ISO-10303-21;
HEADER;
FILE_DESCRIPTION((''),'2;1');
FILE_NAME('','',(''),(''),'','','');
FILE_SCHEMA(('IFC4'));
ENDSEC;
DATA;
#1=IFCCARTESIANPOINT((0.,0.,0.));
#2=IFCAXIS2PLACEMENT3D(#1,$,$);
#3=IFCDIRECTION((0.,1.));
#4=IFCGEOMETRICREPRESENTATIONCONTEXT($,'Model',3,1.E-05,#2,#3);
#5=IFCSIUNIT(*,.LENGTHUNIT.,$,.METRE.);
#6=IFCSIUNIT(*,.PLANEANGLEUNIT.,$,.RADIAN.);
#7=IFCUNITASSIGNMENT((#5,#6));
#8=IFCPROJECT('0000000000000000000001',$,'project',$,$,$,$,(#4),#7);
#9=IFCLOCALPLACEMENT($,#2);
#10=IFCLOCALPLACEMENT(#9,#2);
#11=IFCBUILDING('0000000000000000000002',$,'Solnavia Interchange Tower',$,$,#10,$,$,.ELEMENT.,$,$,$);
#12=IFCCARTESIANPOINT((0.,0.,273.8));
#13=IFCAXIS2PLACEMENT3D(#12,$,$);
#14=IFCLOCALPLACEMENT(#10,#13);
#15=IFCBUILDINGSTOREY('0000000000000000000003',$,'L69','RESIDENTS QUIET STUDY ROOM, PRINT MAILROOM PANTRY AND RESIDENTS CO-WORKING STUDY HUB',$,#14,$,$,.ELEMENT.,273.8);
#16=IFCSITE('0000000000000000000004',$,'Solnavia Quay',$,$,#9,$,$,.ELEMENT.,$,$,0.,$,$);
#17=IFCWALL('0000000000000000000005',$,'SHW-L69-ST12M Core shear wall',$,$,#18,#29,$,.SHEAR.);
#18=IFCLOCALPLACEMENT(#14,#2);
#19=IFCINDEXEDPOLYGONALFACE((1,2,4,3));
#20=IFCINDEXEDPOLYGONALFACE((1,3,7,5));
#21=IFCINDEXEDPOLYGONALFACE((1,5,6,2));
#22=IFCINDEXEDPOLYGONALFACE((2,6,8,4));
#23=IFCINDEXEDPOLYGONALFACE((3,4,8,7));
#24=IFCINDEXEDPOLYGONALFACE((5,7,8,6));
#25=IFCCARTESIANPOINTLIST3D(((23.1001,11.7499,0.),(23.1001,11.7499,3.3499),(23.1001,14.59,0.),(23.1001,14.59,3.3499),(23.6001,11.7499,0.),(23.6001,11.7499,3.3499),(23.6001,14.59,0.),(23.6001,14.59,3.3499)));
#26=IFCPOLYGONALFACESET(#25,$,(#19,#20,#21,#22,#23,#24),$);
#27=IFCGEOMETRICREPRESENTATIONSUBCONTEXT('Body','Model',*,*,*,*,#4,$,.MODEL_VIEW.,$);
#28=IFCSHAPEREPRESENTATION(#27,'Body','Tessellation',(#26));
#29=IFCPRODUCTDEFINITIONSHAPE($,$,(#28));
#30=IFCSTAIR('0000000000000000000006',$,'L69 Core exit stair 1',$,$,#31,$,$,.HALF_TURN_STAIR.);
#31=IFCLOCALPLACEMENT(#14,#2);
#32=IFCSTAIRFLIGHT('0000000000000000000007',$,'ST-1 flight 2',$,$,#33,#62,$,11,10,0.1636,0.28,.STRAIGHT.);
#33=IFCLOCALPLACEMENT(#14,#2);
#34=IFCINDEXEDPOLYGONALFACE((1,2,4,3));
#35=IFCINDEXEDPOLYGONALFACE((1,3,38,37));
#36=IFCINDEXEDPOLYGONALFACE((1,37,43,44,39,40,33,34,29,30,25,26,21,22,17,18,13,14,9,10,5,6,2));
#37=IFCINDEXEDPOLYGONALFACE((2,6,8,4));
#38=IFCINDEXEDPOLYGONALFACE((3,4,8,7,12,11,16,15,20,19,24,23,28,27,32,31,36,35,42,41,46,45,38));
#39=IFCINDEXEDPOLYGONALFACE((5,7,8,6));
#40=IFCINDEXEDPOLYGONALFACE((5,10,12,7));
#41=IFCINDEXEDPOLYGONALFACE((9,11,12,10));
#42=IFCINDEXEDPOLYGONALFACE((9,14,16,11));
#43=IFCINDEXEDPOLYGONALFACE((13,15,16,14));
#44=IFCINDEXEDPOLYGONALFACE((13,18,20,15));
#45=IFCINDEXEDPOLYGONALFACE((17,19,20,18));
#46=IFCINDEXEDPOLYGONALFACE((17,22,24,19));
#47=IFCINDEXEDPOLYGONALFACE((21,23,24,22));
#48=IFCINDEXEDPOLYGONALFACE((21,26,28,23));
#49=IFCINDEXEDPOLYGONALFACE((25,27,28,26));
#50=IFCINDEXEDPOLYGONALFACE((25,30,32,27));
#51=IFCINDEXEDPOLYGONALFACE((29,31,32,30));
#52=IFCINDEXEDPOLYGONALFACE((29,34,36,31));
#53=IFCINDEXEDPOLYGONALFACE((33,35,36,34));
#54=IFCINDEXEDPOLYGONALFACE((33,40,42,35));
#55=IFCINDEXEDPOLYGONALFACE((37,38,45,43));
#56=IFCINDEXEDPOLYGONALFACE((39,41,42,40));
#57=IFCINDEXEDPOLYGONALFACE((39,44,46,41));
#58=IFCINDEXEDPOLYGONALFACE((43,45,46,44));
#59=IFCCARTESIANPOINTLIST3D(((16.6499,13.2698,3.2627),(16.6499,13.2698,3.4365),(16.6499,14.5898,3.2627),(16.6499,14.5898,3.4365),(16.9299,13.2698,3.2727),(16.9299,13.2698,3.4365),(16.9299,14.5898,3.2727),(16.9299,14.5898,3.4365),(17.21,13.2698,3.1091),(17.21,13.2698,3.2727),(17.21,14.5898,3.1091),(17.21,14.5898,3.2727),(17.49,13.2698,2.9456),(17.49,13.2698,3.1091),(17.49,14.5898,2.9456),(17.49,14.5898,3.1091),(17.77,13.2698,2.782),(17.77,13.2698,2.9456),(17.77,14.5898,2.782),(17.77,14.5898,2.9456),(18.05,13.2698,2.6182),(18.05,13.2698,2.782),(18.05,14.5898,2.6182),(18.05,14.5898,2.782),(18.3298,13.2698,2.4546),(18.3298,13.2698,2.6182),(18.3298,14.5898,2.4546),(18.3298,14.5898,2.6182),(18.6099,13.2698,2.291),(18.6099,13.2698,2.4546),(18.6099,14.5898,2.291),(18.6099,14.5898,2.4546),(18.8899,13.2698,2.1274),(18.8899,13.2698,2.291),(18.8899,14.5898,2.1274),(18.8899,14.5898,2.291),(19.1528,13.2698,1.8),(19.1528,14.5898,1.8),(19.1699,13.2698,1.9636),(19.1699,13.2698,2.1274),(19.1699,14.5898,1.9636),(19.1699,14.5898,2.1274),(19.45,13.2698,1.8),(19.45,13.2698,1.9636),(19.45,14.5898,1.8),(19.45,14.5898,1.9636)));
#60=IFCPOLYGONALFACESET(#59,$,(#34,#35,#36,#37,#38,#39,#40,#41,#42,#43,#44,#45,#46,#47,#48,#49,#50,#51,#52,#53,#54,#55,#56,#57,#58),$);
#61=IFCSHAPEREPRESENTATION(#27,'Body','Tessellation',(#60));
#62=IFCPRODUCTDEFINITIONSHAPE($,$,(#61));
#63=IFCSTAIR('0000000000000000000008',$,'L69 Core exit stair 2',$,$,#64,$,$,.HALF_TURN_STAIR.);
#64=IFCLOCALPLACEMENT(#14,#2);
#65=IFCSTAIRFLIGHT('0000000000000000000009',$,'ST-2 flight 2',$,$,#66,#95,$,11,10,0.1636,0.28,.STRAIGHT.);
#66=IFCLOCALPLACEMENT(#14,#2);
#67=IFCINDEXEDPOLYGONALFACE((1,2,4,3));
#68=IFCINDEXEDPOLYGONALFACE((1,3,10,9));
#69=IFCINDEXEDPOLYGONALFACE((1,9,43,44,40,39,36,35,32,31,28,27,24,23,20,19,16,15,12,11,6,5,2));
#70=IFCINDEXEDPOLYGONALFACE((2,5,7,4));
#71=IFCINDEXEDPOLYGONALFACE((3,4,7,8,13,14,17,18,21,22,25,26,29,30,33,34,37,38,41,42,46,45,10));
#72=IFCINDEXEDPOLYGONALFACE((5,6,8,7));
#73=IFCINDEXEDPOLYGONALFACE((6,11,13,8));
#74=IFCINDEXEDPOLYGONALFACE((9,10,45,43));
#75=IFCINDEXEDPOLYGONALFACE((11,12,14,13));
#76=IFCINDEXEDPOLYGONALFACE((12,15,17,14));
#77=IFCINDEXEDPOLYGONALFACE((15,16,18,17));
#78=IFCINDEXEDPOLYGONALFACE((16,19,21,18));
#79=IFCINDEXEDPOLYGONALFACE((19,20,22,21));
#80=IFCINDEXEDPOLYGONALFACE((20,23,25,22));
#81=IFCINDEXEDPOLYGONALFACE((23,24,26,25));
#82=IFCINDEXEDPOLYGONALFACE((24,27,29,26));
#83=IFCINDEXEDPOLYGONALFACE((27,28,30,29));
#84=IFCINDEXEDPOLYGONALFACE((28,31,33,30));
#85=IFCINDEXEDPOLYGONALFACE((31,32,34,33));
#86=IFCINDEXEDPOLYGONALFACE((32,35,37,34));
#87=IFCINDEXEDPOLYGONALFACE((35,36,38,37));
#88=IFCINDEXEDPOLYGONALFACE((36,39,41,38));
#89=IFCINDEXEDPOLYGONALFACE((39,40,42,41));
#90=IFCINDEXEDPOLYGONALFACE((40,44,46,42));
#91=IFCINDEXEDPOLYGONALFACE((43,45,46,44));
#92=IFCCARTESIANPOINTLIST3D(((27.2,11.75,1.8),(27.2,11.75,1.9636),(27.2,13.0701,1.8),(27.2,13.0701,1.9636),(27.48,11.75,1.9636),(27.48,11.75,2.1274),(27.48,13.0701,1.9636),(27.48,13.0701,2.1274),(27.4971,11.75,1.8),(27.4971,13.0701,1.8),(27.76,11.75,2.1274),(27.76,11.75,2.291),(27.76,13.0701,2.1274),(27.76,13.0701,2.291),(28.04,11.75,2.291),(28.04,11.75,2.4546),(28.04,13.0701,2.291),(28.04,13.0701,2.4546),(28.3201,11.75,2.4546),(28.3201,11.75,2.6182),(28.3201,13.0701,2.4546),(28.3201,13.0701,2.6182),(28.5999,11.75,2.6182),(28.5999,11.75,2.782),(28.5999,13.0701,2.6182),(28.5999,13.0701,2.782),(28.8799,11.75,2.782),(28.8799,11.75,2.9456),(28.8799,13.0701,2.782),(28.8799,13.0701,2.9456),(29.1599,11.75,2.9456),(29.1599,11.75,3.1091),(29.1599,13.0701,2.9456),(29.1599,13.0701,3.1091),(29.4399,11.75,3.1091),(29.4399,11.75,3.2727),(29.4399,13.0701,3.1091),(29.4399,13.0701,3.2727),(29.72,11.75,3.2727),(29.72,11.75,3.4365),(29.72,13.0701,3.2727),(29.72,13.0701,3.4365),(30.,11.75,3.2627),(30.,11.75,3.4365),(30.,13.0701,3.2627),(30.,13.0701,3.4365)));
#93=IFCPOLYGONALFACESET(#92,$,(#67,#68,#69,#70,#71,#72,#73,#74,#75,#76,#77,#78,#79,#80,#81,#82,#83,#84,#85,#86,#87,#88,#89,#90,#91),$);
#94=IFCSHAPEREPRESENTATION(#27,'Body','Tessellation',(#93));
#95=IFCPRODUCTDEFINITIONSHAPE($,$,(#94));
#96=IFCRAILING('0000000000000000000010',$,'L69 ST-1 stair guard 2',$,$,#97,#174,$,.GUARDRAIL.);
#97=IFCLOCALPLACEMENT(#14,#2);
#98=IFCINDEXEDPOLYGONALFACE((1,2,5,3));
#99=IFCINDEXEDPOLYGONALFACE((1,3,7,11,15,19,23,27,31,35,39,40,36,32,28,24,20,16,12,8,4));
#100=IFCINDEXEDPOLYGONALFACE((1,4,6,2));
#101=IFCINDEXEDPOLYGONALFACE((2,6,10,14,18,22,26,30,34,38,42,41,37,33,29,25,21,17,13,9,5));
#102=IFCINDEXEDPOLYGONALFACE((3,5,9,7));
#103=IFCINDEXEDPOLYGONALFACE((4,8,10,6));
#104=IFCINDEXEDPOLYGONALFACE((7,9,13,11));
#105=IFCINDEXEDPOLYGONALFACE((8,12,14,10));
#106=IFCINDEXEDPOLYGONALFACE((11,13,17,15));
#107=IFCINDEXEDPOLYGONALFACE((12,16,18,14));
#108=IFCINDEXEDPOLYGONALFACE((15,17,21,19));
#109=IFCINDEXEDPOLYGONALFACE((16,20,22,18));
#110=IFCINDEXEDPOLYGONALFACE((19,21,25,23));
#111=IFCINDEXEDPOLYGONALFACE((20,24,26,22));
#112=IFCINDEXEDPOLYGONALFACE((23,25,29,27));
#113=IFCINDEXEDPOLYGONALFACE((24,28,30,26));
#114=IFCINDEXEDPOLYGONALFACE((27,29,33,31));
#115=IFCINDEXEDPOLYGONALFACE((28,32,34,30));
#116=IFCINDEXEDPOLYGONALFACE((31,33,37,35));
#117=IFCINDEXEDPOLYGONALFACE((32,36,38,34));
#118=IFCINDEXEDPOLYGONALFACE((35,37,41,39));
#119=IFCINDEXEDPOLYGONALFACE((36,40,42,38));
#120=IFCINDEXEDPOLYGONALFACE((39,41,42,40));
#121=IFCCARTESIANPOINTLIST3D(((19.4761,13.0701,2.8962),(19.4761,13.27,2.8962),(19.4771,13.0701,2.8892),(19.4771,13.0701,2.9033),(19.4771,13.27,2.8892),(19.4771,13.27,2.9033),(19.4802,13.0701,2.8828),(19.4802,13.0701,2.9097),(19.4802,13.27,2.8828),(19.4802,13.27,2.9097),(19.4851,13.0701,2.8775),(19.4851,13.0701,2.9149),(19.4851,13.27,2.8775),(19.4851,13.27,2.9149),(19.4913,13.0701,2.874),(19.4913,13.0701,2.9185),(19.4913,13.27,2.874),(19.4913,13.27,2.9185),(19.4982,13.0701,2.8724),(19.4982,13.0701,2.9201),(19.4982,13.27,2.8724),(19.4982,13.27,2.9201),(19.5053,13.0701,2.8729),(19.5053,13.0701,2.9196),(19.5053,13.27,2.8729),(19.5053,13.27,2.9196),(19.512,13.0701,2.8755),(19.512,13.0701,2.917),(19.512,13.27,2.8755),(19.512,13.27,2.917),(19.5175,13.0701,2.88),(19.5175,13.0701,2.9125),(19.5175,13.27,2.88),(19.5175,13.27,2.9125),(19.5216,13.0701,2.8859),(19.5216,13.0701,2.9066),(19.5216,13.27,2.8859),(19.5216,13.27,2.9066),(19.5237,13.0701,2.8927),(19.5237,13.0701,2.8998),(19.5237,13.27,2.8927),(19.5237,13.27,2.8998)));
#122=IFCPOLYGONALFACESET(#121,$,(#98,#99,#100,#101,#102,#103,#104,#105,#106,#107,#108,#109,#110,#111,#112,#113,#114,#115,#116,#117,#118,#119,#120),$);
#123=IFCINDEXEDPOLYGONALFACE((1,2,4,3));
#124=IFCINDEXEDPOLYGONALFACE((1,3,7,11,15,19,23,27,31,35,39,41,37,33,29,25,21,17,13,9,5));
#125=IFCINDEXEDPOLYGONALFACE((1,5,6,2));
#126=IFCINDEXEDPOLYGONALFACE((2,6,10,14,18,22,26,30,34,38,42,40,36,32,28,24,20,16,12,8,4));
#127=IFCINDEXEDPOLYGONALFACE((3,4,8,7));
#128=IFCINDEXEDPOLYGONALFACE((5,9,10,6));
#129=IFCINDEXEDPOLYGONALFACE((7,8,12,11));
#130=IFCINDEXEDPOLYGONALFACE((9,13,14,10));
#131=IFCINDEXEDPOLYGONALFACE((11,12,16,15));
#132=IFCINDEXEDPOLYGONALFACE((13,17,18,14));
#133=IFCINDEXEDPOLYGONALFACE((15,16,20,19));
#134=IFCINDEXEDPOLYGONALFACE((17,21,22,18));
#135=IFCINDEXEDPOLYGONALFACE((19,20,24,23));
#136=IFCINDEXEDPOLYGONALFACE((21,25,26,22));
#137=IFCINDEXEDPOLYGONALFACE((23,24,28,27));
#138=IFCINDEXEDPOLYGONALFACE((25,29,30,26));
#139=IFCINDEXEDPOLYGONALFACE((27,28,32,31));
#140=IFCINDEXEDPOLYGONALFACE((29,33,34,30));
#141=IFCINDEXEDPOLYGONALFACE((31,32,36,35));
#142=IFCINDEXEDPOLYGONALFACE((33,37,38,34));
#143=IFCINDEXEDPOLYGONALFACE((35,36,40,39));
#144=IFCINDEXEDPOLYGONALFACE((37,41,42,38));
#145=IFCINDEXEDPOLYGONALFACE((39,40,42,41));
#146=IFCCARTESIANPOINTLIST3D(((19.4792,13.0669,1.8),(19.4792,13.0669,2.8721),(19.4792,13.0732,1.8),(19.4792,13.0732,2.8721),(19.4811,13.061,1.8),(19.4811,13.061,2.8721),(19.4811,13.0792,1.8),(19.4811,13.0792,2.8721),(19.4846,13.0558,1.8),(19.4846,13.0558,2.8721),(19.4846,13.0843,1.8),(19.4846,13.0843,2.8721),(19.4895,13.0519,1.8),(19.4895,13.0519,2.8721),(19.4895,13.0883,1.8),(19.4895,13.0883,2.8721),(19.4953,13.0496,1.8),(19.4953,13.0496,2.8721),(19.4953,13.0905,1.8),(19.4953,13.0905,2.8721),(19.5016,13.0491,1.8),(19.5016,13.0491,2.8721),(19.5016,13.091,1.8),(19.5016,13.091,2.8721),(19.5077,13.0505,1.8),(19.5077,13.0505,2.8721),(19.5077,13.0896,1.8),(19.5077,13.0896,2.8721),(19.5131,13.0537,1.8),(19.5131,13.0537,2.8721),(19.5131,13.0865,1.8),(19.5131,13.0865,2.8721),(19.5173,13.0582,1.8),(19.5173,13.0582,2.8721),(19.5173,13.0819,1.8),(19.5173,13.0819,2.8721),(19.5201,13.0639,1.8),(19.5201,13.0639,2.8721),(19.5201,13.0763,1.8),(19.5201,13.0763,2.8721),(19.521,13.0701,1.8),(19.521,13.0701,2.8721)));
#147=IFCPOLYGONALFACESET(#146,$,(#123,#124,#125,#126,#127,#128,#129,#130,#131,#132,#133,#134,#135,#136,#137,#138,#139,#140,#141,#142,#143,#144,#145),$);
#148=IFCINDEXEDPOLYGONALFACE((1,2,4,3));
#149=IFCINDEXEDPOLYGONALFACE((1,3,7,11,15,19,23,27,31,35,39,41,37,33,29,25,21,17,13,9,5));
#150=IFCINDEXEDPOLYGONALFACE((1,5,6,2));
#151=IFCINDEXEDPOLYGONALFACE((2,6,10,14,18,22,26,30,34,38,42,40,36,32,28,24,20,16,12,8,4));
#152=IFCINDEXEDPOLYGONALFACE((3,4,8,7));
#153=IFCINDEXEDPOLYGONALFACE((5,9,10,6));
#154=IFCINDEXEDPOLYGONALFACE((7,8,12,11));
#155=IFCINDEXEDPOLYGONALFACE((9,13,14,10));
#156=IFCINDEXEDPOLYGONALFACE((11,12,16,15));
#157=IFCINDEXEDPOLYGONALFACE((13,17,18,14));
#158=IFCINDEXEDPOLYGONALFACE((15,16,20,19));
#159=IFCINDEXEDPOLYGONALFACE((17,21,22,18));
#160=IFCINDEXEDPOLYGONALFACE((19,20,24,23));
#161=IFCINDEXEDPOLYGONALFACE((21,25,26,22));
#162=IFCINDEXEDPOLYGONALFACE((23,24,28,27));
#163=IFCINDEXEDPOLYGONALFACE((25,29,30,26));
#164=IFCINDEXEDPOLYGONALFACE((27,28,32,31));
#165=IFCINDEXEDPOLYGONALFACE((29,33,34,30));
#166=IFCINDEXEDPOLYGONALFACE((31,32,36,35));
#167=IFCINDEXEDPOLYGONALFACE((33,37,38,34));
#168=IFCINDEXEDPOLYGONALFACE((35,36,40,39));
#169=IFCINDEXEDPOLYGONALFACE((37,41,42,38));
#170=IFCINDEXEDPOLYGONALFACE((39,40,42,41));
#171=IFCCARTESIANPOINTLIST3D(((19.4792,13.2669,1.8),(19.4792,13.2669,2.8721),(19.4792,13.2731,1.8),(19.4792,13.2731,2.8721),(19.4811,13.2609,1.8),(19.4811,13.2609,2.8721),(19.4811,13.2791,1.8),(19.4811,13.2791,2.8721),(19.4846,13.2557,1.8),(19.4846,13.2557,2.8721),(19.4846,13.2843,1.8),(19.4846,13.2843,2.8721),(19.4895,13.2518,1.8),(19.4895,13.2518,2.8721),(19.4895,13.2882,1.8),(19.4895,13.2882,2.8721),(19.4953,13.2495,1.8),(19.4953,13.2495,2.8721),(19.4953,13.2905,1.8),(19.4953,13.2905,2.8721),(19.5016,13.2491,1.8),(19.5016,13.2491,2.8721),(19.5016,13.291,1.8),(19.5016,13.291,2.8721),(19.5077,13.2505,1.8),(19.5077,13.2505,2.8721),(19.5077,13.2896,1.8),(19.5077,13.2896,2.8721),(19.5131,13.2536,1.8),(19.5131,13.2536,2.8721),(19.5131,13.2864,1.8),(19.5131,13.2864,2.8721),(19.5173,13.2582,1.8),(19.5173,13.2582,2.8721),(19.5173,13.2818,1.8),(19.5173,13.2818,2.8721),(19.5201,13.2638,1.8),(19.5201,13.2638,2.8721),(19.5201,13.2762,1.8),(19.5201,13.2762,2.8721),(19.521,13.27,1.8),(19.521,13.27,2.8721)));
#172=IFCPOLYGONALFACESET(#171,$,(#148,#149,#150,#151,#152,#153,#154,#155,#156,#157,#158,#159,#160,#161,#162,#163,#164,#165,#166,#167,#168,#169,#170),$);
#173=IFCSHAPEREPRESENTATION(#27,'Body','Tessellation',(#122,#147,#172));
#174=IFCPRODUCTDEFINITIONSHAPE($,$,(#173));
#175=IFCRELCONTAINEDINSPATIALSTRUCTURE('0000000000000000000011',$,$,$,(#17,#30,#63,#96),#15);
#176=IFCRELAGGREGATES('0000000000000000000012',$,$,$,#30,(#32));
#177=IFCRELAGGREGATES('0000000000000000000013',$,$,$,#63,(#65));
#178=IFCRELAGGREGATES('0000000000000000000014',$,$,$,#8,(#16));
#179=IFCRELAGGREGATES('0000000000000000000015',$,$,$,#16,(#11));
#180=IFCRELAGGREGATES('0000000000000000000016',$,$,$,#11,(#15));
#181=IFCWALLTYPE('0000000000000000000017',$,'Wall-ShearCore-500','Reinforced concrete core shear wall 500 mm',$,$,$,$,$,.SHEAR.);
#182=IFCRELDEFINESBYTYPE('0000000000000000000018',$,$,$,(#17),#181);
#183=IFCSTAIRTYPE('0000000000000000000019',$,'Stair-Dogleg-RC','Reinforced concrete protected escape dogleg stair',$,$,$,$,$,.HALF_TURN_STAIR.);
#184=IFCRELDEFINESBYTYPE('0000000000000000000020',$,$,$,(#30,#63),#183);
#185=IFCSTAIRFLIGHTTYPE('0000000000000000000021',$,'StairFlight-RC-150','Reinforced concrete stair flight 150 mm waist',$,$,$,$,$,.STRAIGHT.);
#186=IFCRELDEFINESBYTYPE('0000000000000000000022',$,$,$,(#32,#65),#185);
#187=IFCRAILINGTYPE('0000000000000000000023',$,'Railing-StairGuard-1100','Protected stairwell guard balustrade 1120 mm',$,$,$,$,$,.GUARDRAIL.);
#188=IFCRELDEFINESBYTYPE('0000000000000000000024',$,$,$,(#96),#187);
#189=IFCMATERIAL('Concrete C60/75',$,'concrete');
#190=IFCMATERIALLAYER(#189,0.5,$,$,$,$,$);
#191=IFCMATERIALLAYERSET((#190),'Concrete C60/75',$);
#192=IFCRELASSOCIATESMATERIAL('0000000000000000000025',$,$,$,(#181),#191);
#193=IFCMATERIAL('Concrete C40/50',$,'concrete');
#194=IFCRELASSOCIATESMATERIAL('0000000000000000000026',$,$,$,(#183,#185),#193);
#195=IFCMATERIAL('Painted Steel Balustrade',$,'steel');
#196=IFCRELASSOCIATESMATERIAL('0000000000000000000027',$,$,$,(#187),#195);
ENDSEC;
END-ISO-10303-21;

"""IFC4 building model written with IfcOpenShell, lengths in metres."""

from ifc_helpers import new_model, si_unit, direction, frame, frame_2d, origin, origin_2d, place, context, subcontext, project, spatial, polyline, rectangle, circle, outline, extrude, material, layer, layer_set, type_object, element, aggregate, save


model = new_model("IFC4")

# Units and contexts
model_context = context("Model", 3, precision=1e-05, world=origin(), true_north=direction((0.0, 1.0)))
body_context = subcontext(model_context, "Body", "Model", "MODEL_VIEW")
ifc_project = project(units=[si_unit("LENGTHUNIT", "METRE"), si_unit("PLANEANGLEUNIT", "RADIAN")], contexts=[model_context])

# Site, building, storey
site_placement = place(None, origin())
site = spatial("IfcSite", under=ifc_project, at=site_placement, Name="Solnavia Quay", CompositionType="ELEMENT", RefElevation=0.0)
building_placement = place(site_placement, origin())
building = spatial("IfcBuilding", under=site, at=building_placement, Name="Solnavia Interchange Tower", CompositionType="ELEMENT")
storey_placement = place(building_placement, frame((0.0, 0.0, 273.8)))
storey = spatial("IfcBuildingStorey", under=building, at=storey_placement, Name="L69", Description="RESIDENTS QUIET STUDY ROOM, PRINT MAILROOM PANTRY AND RESIDENTS CO-WORKING STUDY HUB", CompositionType="ELEMENT", Elevation=273.8)

# Shared definitions
ifc_material_1 = material(Name="Concrete C40/50", Category="concrete")

# Wall
ifc_material_2 = material(Name="Concrete C60/75", Category="concrete")
ifc_layer_1 = layer(ifc_material_2, 0.5)
ifc_layer_set_1 = layer_set([ifc_layer_1], Name="Concrete C60/75")
wall_type_1 = type_object("IfcWallType", Name="Wall-ShearCore-500", Description="Reinforced concrete core shear wall 500 mm", PredefinedType="SHEAR", material=ifc_layer_set_1)
wall_1_placement = place(storey_placement, frame((23.3501, 11.75, 0.0), z_axis=(0.0, 0.0, 1.0), x_axis=(0.0, 1.0, 0.0)))
element("IfcWall", 1, at=wall_1_placement, inside=storey, type_object=wall_type_1, Name="SHW-L69-ST12M Core shear wall", PredefinedType="SHEAR", context=body_context, shape_type="SweptSolid", body=[
    extrude(rectangle(XDim=2.8401, YDim=0.5, at=frame_2d((1.4199, 0.0))), origin(), (0.0, 0.0, 1.0), 3.3499),
])

# Stairs, stair flights
stair_type = type_object("IfcStairType", Name="Stair-Dogleg-RC", Description="Reinforced concrete protected escape dogleg stair", PredefinedType="HALF_TURN_STAIR", material=ifc_material_1)
stair_1_placement = place(storey_placement, origin())
stair_1 = element("IfcStair", 2, at=stair_1_placement, inside=storey, type_object=stair_type, Name="L69 Core exit stair 1", PredefinedType="HALF_TURN_STAIR")
stair_flight_type = type_object("IfcStairFlightType", Name="StairFlight-RC-150", Description="Reinforced concrete stair flight 150 mm waist", PredefinedType="STRAIGHT", material=ifc_material_1)
stair_flight_1_placement = place(storey_placement, frame((19.45, 13.9299, 1.8), z_axis=(0.0, 0.0, 1.0), x_axis=(-1.0, 0.0, 0.0)))
stair_flight_1 = element("IfcStairFlight", 3, at=stair_flight_1_placement, type_object=stair_flight_type, Name="ST-1 flight 2", NumberOfRisers=11, NumberOfTreads=10, PredefinedType="STRAIGHT", RiserHeight=0.1636, TreadLength=0.28, context=body_context, shape_type="SweptSolid", body=[
    extrude(outline(polyline([(0.0, 0.0), (0.0, 0.1636), (0.28, 0.1636), (0.28, 0.3274), (0.5601, 0.3274), (0.5601, 0.491), (0.8401, 0.491), (0.8401, 0.6545), (1.1201, 0.6545), (1.1201, 0.8181), (1.3999, 0.8181), (1.3999, 0.9819), (1.6799, 0.9819), (1.6799, 1.1455), (1.96, 1.1455), (1.96, 1.3091), (2.24, 1.3091), (2.24, 1.4727), (2.52, 1.4727), (2.52, 1.6365), (2.8, 1.6365), (2.8, 1.8), (2.8, 1.4626), (0.2971, 0.0), (0.0, 0.0)])), frame((0.0, 0.6602, 0.0), z_axis=(0.0, -1.0, 0.0), x_axis=(1.0, 0.0, 0.0)), (0.0, 0.0, 1.0), 1.3201),
])
aggregate(stair_1, [stair_flight_1])
stair_2_placement = place(storey_placement, origin())
stair_2 = element("IfcStair", 4, at=stair_2_placement, inside=storey, type_object=stair_type, Name="L69 Core exit stair 2", PredefinedType="HALF_TURN_STAIR")
stair_flight_2_placement = place(storey_placement, frame((27.2, 12.4099, 1.8), z_axis=(0.0, 0.0, 1.0), x_axis=(1.0, 0.0, 0.0)))
stair_flight_2 = element("IfcStairFlight", 5, at=stair_flight_2_placement, type_object=stair_flight_type, Name="ST-2 flight 2", NumberOfRisers=11, NumberOfTreads=10, PredefinedType="STRAIGHT", RiserHeight=0.1636, TreadLength=0.28, context=body_context, shape_type="SweptSolid", body=[
    extrude(outline(polyline([(0.0, 0.0), (0.0, 0.1636), (0.28, 0.1636), (0.28, 0.3274), (0.5601, 0.3274), (0.5601, 0.491), (0.8401, 0.491), (0.8401, 0.6545), (1.1201, 0.6545), (1.1201, 0.8181), (1.3999, 0.8181), (1.3999, 0.9819), (1.6799, 0.9819), (1.6799, 1.1455), (1.96, 1.1455), (1.96, 1.3091), (2.24, 1.3091), (2.24, 1.4727), (2.52, 1.4727), (2.52, 1.6365), (2.8, 1.6365), (2.8, 1.8), (2.8, 1.4626), (0.2971, 0.0), (0.0, 0.0)])), frame((0.0, 0.6602, 0.0), z_axis=(0.0, -1.0, 0.0), x_axis=(1.0, 0.0, 0.0)), (0.0, 0.0, 1.0), 1.3201),
])
aggregate(stair_2, [stair_flight_2])

# Railing
ifc_material_3 = material(Name="Painted Steel Balustrade", Category="steel")
railing_type_1 = type_object("IfcRailingType", Name="Railing-StairGuard-1100", Description="Protected stairwell guard balustrade 1120 mm", PredefinedType="GUARDRAIL", material=ifc_material_3)
railing_1_placement = place(storey_placement, frame((19.5, 13.0701, 1.8)))
element("IfcRailing", 6, at=railing_1_placement, inside=storey, type_object=railing_type_1, Name="L69 ST-1 stair guard 2", PredefinedType="GUARDRAIL", context=body_context, shape_type="SweptSolid", body=[
    extrude(circle(Radius=0.0239, at=origin_2d()), frame((0.0, 0.0, 1.0962), z_axis=(0.0, 1.0, 0.0), x_axis=(-1.0, 0.0, 0.0)), (0.0, 0.0, 1.0), 0.2),
    extrude(circle(Radius=0.021, at=origin_2d()), origin(), (0.0, 0.0, 1.0), 1.072),
    extrude(circle(Radius=0.021, at=origin_2d()), frame((0.0, 0.2, 0.0)), (0.0, 0.0, 1.0), 1.072),
])

save(model, "model.ifc")
